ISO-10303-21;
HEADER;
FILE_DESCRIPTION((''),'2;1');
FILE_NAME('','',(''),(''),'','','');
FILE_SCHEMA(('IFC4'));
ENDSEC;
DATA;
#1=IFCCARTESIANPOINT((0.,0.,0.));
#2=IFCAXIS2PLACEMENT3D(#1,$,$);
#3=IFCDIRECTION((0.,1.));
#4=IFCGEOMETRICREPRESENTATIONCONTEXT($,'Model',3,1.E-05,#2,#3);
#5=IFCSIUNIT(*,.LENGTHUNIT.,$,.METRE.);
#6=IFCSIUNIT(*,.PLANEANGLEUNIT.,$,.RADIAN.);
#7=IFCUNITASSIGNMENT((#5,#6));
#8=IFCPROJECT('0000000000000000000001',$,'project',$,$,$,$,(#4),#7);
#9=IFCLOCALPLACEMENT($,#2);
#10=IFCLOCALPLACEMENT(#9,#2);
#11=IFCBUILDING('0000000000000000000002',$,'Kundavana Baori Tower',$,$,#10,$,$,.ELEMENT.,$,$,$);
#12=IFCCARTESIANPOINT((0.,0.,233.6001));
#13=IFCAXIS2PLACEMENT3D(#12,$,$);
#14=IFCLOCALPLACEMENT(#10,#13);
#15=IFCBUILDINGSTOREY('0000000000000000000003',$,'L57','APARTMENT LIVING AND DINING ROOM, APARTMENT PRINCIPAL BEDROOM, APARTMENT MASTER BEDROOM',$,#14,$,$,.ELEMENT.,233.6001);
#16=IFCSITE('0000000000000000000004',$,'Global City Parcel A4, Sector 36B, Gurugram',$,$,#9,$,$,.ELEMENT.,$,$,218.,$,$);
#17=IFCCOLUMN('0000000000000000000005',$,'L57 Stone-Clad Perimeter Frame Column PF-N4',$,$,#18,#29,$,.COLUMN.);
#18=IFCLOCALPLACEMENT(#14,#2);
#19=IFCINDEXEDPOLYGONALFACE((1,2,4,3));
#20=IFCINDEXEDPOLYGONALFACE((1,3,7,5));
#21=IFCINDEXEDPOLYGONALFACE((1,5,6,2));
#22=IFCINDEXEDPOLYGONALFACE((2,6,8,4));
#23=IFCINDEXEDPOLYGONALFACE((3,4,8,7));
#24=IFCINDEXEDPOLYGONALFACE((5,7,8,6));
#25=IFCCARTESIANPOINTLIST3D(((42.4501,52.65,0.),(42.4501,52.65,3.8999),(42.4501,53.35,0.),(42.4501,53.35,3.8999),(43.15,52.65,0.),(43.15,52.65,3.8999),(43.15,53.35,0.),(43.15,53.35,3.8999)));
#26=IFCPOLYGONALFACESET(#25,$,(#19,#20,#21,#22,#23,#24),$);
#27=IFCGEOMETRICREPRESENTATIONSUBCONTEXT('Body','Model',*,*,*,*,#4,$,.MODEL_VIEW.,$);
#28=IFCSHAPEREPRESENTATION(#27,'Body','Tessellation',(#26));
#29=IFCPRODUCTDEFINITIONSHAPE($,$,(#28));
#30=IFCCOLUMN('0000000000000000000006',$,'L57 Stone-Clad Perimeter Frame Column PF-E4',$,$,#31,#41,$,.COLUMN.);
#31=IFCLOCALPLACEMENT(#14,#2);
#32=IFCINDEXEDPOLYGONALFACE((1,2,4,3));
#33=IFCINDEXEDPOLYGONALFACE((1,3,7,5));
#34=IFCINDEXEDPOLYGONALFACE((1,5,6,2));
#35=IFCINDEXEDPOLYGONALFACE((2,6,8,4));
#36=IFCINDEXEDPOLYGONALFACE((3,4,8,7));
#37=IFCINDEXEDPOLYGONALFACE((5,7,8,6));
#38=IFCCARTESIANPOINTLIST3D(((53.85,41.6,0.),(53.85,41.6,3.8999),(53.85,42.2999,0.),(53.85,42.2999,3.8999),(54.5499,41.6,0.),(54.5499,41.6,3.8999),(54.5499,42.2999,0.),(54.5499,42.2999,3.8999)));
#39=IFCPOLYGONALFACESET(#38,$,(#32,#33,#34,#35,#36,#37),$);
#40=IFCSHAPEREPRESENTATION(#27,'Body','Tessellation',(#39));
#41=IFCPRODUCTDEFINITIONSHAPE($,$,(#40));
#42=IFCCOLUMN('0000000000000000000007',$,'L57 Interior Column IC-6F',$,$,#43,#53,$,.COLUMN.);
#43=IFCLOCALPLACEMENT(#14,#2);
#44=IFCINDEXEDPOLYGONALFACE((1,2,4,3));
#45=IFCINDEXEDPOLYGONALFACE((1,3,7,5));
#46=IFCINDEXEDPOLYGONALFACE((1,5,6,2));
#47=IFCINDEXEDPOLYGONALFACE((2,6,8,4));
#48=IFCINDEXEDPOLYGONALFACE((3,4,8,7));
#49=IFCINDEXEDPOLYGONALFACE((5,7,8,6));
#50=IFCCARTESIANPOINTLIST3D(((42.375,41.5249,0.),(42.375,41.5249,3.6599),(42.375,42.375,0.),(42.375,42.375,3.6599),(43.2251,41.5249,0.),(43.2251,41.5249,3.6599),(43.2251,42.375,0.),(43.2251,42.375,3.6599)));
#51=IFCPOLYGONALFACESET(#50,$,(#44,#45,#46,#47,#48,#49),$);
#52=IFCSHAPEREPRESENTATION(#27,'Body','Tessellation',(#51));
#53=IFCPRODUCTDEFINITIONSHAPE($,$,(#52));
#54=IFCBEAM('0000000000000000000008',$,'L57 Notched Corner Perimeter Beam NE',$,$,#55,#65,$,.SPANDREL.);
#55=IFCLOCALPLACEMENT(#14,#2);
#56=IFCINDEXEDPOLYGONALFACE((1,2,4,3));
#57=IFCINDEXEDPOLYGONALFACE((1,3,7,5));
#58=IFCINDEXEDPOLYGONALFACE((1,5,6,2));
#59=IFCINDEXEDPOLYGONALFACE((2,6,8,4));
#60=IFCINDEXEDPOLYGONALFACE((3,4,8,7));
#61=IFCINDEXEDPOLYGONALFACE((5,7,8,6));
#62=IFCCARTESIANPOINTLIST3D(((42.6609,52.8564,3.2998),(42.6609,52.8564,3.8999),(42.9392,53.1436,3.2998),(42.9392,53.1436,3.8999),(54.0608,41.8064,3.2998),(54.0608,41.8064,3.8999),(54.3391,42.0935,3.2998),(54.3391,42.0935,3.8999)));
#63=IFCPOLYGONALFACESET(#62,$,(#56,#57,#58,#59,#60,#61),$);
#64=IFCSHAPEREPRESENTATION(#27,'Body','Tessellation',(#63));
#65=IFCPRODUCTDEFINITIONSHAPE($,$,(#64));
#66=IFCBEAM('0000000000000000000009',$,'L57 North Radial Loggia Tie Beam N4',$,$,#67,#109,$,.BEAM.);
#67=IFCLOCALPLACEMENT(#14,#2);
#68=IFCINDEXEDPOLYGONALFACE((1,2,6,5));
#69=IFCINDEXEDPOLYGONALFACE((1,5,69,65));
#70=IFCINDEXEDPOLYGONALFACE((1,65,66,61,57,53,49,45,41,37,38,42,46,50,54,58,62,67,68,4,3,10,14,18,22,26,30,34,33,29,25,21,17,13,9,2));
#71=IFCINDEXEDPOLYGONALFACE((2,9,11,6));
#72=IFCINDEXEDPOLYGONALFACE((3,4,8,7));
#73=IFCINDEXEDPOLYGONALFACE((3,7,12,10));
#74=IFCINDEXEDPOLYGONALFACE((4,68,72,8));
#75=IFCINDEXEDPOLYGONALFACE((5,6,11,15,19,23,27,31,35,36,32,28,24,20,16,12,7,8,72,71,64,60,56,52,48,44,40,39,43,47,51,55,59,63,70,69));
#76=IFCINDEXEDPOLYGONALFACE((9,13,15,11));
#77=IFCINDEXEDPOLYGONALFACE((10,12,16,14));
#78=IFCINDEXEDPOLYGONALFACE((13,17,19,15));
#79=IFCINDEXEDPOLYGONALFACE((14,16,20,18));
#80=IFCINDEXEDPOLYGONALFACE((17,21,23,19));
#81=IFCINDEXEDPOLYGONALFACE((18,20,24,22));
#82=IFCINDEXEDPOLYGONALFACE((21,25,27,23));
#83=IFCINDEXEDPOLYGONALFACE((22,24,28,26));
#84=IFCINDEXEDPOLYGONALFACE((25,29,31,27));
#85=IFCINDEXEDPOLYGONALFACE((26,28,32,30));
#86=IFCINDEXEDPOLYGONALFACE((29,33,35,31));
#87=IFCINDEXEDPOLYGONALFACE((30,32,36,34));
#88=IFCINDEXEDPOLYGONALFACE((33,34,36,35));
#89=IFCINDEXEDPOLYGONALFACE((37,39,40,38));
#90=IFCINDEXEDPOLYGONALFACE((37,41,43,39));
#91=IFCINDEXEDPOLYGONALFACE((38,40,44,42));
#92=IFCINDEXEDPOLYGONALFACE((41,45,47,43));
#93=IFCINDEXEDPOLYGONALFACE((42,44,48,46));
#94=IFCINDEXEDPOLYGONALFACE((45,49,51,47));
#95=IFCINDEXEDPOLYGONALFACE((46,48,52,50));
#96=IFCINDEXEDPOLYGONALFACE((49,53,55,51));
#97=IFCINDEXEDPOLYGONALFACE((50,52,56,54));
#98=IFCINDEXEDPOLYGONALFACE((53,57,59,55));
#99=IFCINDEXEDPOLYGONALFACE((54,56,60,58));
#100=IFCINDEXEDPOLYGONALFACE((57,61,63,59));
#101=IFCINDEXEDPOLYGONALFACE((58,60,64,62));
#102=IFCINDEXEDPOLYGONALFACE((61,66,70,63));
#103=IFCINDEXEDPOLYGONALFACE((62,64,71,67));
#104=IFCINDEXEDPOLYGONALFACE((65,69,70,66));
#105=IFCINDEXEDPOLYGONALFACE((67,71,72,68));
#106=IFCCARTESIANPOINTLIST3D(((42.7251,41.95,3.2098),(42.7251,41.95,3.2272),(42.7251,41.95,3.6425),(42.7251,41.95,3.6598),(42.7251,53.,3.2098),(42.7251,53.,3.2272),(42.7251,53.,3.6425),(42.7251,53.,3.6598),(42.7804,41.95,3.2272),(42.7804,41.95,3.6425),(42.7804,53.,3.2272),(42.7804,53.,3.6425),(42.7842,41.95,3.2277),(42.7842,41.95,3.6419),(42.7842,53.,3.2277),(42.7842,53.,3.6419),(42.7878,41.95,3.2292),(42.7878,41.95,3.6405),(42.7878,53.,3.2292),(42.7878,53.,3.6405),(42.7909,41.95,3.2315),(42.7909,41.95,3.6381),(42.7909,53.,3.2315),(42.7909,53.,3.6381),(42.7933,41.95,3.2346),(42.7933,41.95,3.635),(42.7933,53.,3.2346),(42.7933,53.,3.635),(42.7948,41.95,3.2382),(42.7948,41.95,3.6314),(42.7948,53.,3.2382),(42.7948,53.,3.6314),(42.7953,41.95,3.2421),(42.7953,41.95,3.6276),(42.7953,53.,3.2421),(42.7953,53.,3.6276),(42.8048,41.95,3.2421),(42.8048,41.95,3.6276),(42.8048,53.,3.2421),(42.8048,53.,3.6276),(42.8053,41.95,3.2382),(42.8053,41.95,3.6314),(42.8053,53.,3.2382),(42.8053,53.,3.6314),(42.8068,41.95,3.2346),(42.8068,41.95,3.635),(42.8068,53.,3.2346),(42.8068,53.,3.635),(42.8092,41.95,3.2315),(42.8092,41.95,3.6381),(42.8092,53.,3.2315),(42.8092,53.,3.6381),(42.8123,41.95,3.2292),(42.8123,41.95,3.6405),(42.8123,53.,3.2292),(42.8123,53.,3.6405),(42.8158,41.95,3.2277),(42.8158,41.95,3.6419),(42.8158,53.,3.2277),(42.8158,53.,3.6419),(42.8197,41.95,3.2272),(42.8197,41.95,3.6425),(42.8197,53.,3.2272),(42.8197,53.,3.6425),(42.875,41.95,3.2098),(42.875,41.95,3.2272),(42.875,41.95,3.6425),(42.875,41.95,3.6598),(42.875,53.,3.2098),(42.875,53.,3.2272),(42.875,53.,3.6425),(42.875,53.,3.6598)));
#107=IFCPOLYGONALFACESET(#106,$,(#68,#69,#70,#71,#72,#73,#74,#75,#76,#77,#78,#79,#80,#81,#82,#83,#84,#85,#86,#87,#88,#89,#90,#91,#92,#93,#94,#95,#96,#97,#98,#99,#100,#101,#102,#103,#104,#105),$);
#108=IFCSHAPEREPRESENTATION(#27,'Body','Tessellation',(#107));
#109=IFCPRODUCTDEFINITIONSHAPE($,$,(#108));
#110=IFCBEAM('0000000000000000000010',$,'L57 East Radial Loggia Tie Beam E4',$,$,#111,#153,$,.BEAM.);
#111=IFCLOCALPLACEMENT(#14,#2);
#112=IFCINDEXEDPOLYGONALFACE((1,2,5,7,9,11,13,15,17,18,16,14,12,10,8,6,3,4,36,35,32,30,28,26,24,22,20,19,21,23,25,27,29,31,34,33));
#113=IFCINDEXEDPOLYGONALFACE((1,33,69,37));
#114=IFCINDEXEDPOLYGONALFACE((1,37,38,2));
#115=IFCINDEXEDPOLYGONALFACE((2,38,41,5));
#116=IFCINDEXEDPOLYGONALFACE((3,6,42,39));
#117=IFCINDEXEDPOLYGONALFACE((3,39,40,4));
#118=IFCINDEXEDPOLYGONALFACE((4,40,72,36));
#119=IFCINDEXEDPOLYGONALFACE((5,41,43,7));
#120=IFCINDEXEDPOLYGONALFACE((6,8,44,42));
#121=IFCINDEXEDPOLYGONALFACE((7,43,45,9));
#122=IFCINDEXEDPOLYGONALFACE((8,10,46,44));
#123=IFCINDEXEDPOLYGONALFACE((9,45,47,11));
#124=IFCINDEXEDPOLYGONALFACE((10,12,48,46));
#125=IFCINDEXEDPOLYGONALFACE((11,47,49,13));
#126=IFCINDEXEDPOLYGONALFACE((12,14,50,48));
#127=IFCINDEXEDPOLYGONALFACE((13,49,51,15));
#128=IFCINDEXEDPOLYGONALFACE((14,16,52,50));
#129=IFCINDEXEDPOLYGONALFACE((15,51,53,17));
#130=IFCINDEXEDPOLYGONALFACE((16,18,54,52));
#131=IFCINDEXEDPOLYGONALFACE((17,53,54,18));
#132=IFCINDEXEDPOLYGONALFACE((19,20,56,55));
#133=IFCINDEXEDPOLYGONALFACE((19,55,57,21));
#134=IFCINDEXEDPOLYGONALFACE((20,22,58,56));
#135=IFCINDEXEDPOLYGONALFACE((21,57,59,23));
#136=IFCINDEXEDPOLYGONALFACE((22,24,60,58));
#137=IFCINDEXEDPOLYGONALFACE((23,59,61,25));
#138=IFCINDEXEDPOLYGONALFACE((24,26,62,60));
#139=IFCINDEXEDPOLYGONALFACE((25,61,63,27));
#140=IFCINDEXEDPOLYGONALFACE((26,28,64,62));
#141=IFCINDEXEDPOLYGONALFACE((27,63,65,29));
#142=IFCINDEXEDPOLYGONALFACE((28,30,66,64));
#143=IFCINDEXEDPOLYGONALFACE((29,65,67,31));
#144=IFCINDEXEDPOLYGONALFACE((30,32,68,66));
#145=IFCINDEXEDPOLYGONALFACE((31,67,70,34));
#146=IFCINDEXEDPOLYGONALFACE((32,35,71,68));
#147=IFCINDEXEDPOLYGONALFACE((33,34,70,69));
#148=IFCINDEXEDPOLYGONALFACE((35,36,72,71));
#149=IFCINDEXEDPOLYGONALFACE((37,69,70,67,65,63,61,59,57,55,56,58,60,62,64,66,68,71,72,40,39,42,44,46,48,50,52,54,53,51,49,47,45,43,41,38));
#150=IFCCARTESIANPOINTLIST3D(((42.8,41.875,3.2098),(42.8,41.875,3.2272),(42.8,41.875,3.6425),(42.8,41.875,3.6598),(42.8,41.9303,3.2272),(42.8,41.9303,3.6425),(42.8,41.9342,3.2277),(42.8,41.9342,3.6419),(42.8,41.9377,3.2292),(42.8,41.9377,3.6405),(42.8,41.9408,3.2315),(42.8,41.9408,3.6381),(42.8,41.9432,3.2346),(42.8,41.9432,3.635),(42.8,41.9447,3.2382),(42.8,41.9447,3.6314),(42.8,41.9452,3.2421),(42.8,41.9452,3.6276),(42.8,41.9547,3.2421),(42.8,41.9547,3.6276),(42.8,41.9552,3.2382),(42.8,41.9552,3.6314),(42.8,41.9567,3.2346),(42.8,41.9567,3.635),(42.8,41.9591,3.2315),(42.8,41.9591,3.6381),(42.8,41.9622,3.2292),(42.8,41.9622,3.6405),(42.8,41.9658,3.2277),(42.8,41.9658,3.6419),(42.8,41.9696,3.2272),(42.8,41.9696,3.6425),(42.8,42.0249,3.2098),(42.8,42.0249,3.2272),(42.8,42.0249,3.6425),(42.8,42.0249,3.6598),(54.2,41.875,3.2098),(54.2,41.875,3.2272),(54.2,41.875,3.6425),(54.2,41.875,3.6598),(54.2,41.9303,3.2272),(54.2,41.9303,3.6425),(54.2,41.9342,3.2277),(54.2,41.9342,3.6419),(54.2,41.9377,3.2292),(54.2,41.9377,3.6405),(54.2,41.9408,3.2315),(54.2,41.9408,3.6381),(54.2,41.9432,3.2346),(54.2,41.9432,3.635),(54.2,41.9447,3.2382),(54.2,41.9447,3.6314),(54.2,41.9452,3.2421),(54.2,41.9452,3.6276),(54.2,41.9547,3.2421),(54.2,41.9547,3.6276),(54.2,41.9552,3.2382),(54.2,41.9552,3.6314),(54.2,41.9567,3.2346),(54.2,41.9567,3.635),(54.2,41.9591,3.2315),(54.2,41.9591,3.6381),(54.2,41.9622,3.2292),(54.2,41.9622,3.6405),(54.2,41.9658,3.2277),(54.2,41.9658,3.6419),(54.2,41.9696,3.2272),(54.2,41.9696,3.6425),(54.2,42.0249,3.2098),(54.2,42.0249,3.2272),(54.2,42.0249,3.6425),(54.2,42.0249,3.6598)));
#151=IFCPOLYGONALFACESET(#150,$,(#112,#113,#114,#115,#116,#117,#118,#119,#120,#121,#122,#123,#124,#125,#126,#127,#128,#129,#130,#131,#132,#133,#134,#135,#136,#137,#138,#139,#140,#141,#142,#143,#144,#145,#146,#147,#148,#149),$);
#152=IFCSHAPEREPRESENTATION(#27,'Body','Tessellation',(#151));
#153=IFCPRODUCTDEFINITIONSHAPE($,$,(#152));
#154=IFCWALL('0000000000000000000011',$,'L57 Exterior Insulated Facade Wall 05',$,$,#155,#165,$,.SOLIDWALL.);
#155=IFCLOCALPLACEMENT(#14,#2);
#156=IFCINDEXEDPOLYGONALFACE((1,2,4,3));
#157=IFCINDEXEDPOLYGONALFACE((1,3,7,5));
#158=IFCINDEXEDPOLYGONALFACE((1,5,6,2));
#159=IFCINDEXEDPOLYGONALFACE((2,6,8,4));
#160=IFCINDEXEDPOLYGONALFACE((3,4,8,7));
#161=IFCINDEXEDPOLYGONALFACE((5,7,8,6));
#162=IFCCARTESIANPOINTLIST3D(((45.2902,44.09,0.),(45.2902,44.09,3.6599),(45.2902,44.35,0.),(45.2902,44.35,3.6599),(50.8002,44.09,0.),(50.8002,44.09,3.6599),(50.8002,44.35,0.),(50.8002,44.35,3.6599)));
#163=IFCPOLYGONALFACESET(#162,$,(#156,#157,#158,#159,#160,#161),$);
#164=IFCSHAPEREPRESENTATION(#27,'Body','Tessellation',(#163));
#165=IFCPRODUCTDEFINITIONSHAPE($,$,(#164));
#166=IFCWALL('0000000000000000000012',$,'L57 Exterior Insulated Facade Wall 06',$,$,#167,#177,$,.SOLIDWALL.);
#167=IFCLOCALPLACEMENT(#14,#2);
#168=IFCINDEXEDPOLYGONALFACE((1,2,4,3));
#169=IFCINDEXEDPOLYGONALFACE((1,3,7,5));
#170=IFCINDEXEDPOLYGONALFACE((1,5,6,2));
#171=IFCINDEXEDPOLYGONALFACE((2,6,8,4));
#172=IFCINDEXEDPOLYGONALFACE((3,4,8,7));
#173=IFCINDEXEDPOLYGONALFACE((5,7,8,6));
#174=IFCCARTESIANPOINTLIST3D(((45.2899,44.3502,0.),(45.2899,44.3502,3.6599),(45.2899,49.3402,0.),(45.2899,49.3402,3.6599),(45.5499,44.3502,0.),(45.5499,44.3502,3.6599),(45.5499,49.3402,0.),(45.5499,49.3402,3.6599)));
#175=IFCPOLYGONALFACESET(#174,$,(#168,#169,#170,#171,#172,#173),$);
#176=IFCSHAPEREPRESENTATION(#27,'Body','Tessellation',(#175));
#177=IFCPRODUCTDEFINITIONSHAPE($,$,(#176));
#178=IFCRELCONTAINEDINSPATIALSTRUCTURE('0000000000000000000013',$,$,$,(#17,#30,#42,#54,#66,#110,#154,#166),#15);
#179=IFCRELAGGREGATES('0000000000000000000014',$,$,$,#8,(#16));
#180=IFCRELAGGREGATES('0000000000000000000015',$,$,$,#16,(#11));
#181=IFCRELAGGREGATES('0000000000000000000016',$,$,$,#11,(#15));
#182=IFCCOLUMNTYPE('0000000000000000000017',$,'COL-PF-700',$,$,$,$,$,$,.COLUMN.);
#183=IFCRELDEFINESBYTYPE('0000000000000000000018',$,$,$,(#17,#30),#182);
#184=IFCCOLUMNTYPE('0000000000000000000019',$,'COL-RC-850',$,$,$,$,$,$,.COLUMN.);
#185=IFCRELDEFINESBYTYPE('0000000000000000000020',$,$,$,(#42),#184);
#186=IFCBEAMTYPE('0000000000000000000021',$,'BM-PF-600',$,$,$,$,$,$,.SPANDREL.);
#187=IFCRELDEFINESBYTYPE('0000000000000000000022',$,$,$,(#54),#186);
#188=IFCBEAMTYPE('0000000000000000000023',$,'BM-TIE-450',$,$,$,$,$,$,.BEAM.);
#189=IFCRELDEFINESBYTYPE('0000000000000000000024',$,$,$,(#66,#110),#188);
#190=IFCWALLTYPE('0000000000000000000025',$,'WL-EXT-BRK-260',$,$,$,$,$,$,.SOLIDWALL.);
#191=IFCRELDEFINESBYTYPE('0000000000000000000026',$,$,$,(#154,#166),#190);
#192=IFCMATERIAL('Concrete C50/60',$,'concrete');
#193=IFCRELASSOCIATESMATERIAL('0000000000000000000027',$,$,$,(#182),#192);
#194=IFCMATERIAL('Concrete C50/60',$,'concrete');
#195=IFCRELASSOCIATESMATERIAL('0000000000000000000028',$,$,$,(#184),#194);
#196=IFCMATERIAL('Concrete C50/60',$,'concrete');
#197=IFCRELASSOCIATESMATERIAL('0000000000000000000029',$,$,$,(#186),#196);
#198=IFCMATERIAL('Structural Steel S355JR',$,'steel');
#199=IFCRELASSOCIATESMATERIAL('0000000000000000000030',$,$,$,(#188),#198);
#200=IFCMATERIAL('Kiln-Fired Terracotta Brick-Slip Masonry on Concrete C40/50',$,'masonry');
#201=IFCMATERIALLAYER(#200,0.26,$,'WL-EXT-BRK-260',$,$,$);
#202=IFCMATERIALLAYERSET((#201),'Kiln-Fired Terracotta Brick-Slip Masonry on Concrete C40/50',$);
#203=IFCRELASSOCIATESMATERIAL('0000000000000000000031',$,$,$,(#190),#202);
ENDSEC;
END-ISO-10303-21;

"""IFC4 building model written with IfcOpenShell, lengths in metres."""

from ifc_helpers import new_model, si_unit, direction, frame, frame_2d, origin, origin_2d, place, context, subcontext, project, spatial, rectangle, i_section, extrude, material, layer, layer_set, material_profile, profile_set, type_object, element, save


model = new_model("IFC4")

# Units and contexts
model_context = context("Model", 3, precision=1e-05, world=origin(), true_north=direction((0.0, 1.0)))
body_context = subcontext(model_context, "Body", "Model", "MODEL_VIEW")
ifc_project = project(units=[si_unit("LENGTHUNIT", "METRE"), si_unit("PLANEANGLEUNIT", "RADIAN")], contexts=[model_context])

# Site, building, storey
site_placement = place(None, origin())
site = spatial("IfcSite", under=ifc_project, at=site_placement, Name="Global City Parcel A4, Sector 36B, Gurugram", CompositionType="ELEMENT", RefElevation=218.0)
building_placement = place(site_placement, origin())
building = spatial("IfcBuilding", under=site, at=building_placement, Name="Kundavana Baori Tower", CompositionType="ELEMENT")
storey_placement = place(building_placement, frame((0.0, 0.0, 233.6001)))
storey = spatial("IfcBuildingStorey", under=building, at=storey_placement, Name="L57", Description="APARTMENT LIVING AND DINING ROOM, APARTMENT PRINCIPAL BEDROOM, APARTMENT MASTER BEDROOM", CompositionType="ELEMENT", Elevation=233.6001)

# Columns
ifc_material_1 = material(Name="Concrete C50/60", Category="concrete")
ifc_material_profile_1 = material_profile(ifc_material_1, rectangle(XDim=0.7, YDim=0.7, at=origin_2d()), Name="RC PF 700x700")
ifc_profile_set_1 = profile_set([ifc_material_profile_1], Name="Concrete C50/60")
column_type_1 = type_object("IfcColumnType", Name="COL-PF-700", PredefinedType="COLUMN", material=ifc_profile_set_1)
for number, where, z_axis, x_axis, name in (
    (1, (42.8, 53.0, 0.0), (0.0, 0.0, 1.0), (1.0, 0.0, 0.0), "L57 Stone-Clad Perimeter Frame Column PF-N4"),
    (2, (54.2, 41.95, 0.0), (0.0, 0.0, 1.0), (1.0, 0.0, 0.0), "L57 Stone-Clad Perimeter Frame Column PF-E4"),
):
    element("IfcColumn", number, at=place(storey_placement, frame(where, z_axis=z_axis, x_axis=x_axis)), inside=storey, type_object=column_type_1, Name=name, PredefinedType="COLUMN", context=body_context, shape_type="SweptSolid", body=[
        extrude(rectangle(XDim=0.7, YDim=0.7, at=origin_2d()), origin(), (0.0, 0.0, 1.0), 3.8999),
    ])
ifc_material_2 = material(Name="Concrete C50/60", Category="concrete")
ifc_material_profile_2 = material_profile(ifc_material_2, rectangle(XDim=0.8501, YDim=0.8501, at=origin_2d()), Name="RC 850x850")
ifc_profile_set_2 = profile_set([ifc_material_profile_2], Name="Concrete C50/60")
column_type_2 = type_object("IfcColumnType", Name="COL-RC-850", PredefinedType="COLUMN", material=ifc_profile_set_2)
column_placement = place(storey_placement, frame((42.8, 41.95, 0.0), z_axis=(0.0, 0.0, 1.0), x_axis=(1.0, 0.0, 0.0)))
element("IfcColumn", 3, at=column_placement, inside=storey, type_object=column_type_2, Name="L57 Interior Column IC-6F", PredefinedType="COLUMN", context=body_context, shape_type="SweptSolid", body=[
    extrude(rectangle(XDim=0.8501, YDim=0.8501, at=origin_2d()), origin(), (0.0, 0.0, 1.0), 3.6599),
])

# Beams
ifc_material_3 = material(Name="Concrete C50/60", Category="concrete")
ifc_material_profile_3 = material_profile(ifc_material_3, rectangle(XDim=0.3999, YDim=0.6001, at=origin_2d()), Name="RC BM 400x600")
ifc_profile_set_3 = profile_set([ifc_material_profile_3], Name="Concrete C50/60")
beam_type_1 = type_object("IfcBeamType", Name="BM-PF-600", PredefinedType="SPANDREL", material=ifc_profile_set_3)
beam_1_placement = place(storey_placement, frame((42.8, 53.0, 3.5999), z_axis=(0.718039, -0.696003, 0.0), x_axis=(0.696003, 0.718039, 0.0)))
element("IfcBeam", 4, at=beam_1_placement, inside=storey, type_object=beam_type_1, Name="L57 Notched Corner Perimeter Beam NE", PredefinedType="SPANDREL", context=body_context, shape_type="SweptSolid", body=[
    extrude(rectangle(XDim=0.3999, YDim=0.6001, at=origin_2d()), origin(), (0.0, 0.0, 1.0), 15.8765),
])
ifc_material_4 = material(Name="Structural Steel S355JR", Category="steel")
ifc_material_profile_4 = material_profile(ifc_material_4, i_section(OverallWidth=0.1499, OverallDepth=0.45, WebThickness=0.0095, FlangeThickness=0.0173, FilletRadius=0.0149, at=origin_2d()), Name="ISMB 450")
ifc_profile_set_4 = profile_set([ifc_material_profile_4], Name="Structural Steel S355JR")
beam_type_2 = type_object("IfcBeamType", Name="BM-TIE-450", PredefinedType="BEAM", material=ifc_profile_set_4)
beam_2_placement = place(storey_placement, frame((42.8, 41.95, 3.4348), z_axis=(0.0, 1.0, 0.0), x_axis=(-1.0, 0.0, 0.0)))
element("IfcBeam", 5, at=beam_2_placement, inside=storey, type_object=beam_type_2, Name="L57 North Radial Loggia Tie Beam N4", PredefinedType="BEAM", context=body_context, shape_type="SweptSolid", body=[
    extrude(i_section(OverallWidth=0.1499, OverallDepth=0.45, WebThickness=0.0095, FlangeThickness=0.0173, FilletRadius=0.0149, at=origin_2d()), origin(), (0.0, 0.0, 1.0), 11.05),
])
beam_3_placement = place(storey_placement, frame((42.8, 41.95, 3.4348), z_axis=(1.0, 0.0, 0.0), x_axis=(0.0, 1.0, 0.0)))
element("IfcBeam", 6, at=beam_3_placement, inside=storey, type_object=beam_type_2, Name="L57 East Radial Loggia Tie Beam E4", PredefinedType="BEAM", context=body_context, shape_type="SweptSolid", body=[
    extrude(i_section(OverallWidth=0.1499, OverallDepth=0.45, WebThickness=0.0095, FlangeThickness=0.0173, FilletRadius=0.0149, at=origin_2d()), origin(), (0.0, 0.0, 1.0), 11.3999),
])

# Walls
ifc_material_5 = material(Name="Kiln-Fired Terracotta Brick-Slip Masonry on Concrete C40/50", Category="masonry")
ifc_layer_1 = layer(ifc_material_5, 0.26, Name="WL-EXT-BRK-260")
ifc_layer_set_1 = layer_set([ifc_layer_1], Name="Kiln-Fired Terracotta Brick-Slip Masonry on Concrete C40/50")
wall_type_1 = type_object("IfcWallType", Name="WL-EXT-BRK-260", PredefinedType="SOLIDWALL", material=ifc_layer_set_1)
wall_1_placement = place(storey_placement, frame((50.8, 44.22, 0.0), z_axis=(0.0, 0.0, 1.0), x_axis=(-1.0, 0.0, 0.0)))
element("IfcWall", 7, at=wall_1_placement, inside=storey, type_object=wall_type_1, Name="L57 Exterior Insulated Facade Wall 05", PredefinedType="SOLIDWALL", context=body_context, shape_type="SweptSolid", body=[
    extrude(rectangle(XDim=5.51, YDim=0.26, at=frame_2d((2.7549, 0.0))), origin(), (0.0, 0.0, 1.0), 3.6599),
])
wall_2_placement = place(storey_placement, frame((45.4199, 44.3501, 0.0), z_axis=(0.0, 0.0, 1.0), x_axis=(0.0, 1.0, 0.0)))
element("IfcWall", 8, at=wall_2_placement, inside=storey, type_object=wall_type_1, Name="L57 Exterior Insulated Facade Wall 06", PredefinedType="SOLIDWALL", context=body_context, shape_type="SweptSolid", body=[
    extrude(rectangle(XDim=4.99, YDim=0.26, at=frame_2d((2.4951, 0.0))), origin(), (0.0, 0.0, 1.0), 3.6599),
])

save(model, "model.ifc")
